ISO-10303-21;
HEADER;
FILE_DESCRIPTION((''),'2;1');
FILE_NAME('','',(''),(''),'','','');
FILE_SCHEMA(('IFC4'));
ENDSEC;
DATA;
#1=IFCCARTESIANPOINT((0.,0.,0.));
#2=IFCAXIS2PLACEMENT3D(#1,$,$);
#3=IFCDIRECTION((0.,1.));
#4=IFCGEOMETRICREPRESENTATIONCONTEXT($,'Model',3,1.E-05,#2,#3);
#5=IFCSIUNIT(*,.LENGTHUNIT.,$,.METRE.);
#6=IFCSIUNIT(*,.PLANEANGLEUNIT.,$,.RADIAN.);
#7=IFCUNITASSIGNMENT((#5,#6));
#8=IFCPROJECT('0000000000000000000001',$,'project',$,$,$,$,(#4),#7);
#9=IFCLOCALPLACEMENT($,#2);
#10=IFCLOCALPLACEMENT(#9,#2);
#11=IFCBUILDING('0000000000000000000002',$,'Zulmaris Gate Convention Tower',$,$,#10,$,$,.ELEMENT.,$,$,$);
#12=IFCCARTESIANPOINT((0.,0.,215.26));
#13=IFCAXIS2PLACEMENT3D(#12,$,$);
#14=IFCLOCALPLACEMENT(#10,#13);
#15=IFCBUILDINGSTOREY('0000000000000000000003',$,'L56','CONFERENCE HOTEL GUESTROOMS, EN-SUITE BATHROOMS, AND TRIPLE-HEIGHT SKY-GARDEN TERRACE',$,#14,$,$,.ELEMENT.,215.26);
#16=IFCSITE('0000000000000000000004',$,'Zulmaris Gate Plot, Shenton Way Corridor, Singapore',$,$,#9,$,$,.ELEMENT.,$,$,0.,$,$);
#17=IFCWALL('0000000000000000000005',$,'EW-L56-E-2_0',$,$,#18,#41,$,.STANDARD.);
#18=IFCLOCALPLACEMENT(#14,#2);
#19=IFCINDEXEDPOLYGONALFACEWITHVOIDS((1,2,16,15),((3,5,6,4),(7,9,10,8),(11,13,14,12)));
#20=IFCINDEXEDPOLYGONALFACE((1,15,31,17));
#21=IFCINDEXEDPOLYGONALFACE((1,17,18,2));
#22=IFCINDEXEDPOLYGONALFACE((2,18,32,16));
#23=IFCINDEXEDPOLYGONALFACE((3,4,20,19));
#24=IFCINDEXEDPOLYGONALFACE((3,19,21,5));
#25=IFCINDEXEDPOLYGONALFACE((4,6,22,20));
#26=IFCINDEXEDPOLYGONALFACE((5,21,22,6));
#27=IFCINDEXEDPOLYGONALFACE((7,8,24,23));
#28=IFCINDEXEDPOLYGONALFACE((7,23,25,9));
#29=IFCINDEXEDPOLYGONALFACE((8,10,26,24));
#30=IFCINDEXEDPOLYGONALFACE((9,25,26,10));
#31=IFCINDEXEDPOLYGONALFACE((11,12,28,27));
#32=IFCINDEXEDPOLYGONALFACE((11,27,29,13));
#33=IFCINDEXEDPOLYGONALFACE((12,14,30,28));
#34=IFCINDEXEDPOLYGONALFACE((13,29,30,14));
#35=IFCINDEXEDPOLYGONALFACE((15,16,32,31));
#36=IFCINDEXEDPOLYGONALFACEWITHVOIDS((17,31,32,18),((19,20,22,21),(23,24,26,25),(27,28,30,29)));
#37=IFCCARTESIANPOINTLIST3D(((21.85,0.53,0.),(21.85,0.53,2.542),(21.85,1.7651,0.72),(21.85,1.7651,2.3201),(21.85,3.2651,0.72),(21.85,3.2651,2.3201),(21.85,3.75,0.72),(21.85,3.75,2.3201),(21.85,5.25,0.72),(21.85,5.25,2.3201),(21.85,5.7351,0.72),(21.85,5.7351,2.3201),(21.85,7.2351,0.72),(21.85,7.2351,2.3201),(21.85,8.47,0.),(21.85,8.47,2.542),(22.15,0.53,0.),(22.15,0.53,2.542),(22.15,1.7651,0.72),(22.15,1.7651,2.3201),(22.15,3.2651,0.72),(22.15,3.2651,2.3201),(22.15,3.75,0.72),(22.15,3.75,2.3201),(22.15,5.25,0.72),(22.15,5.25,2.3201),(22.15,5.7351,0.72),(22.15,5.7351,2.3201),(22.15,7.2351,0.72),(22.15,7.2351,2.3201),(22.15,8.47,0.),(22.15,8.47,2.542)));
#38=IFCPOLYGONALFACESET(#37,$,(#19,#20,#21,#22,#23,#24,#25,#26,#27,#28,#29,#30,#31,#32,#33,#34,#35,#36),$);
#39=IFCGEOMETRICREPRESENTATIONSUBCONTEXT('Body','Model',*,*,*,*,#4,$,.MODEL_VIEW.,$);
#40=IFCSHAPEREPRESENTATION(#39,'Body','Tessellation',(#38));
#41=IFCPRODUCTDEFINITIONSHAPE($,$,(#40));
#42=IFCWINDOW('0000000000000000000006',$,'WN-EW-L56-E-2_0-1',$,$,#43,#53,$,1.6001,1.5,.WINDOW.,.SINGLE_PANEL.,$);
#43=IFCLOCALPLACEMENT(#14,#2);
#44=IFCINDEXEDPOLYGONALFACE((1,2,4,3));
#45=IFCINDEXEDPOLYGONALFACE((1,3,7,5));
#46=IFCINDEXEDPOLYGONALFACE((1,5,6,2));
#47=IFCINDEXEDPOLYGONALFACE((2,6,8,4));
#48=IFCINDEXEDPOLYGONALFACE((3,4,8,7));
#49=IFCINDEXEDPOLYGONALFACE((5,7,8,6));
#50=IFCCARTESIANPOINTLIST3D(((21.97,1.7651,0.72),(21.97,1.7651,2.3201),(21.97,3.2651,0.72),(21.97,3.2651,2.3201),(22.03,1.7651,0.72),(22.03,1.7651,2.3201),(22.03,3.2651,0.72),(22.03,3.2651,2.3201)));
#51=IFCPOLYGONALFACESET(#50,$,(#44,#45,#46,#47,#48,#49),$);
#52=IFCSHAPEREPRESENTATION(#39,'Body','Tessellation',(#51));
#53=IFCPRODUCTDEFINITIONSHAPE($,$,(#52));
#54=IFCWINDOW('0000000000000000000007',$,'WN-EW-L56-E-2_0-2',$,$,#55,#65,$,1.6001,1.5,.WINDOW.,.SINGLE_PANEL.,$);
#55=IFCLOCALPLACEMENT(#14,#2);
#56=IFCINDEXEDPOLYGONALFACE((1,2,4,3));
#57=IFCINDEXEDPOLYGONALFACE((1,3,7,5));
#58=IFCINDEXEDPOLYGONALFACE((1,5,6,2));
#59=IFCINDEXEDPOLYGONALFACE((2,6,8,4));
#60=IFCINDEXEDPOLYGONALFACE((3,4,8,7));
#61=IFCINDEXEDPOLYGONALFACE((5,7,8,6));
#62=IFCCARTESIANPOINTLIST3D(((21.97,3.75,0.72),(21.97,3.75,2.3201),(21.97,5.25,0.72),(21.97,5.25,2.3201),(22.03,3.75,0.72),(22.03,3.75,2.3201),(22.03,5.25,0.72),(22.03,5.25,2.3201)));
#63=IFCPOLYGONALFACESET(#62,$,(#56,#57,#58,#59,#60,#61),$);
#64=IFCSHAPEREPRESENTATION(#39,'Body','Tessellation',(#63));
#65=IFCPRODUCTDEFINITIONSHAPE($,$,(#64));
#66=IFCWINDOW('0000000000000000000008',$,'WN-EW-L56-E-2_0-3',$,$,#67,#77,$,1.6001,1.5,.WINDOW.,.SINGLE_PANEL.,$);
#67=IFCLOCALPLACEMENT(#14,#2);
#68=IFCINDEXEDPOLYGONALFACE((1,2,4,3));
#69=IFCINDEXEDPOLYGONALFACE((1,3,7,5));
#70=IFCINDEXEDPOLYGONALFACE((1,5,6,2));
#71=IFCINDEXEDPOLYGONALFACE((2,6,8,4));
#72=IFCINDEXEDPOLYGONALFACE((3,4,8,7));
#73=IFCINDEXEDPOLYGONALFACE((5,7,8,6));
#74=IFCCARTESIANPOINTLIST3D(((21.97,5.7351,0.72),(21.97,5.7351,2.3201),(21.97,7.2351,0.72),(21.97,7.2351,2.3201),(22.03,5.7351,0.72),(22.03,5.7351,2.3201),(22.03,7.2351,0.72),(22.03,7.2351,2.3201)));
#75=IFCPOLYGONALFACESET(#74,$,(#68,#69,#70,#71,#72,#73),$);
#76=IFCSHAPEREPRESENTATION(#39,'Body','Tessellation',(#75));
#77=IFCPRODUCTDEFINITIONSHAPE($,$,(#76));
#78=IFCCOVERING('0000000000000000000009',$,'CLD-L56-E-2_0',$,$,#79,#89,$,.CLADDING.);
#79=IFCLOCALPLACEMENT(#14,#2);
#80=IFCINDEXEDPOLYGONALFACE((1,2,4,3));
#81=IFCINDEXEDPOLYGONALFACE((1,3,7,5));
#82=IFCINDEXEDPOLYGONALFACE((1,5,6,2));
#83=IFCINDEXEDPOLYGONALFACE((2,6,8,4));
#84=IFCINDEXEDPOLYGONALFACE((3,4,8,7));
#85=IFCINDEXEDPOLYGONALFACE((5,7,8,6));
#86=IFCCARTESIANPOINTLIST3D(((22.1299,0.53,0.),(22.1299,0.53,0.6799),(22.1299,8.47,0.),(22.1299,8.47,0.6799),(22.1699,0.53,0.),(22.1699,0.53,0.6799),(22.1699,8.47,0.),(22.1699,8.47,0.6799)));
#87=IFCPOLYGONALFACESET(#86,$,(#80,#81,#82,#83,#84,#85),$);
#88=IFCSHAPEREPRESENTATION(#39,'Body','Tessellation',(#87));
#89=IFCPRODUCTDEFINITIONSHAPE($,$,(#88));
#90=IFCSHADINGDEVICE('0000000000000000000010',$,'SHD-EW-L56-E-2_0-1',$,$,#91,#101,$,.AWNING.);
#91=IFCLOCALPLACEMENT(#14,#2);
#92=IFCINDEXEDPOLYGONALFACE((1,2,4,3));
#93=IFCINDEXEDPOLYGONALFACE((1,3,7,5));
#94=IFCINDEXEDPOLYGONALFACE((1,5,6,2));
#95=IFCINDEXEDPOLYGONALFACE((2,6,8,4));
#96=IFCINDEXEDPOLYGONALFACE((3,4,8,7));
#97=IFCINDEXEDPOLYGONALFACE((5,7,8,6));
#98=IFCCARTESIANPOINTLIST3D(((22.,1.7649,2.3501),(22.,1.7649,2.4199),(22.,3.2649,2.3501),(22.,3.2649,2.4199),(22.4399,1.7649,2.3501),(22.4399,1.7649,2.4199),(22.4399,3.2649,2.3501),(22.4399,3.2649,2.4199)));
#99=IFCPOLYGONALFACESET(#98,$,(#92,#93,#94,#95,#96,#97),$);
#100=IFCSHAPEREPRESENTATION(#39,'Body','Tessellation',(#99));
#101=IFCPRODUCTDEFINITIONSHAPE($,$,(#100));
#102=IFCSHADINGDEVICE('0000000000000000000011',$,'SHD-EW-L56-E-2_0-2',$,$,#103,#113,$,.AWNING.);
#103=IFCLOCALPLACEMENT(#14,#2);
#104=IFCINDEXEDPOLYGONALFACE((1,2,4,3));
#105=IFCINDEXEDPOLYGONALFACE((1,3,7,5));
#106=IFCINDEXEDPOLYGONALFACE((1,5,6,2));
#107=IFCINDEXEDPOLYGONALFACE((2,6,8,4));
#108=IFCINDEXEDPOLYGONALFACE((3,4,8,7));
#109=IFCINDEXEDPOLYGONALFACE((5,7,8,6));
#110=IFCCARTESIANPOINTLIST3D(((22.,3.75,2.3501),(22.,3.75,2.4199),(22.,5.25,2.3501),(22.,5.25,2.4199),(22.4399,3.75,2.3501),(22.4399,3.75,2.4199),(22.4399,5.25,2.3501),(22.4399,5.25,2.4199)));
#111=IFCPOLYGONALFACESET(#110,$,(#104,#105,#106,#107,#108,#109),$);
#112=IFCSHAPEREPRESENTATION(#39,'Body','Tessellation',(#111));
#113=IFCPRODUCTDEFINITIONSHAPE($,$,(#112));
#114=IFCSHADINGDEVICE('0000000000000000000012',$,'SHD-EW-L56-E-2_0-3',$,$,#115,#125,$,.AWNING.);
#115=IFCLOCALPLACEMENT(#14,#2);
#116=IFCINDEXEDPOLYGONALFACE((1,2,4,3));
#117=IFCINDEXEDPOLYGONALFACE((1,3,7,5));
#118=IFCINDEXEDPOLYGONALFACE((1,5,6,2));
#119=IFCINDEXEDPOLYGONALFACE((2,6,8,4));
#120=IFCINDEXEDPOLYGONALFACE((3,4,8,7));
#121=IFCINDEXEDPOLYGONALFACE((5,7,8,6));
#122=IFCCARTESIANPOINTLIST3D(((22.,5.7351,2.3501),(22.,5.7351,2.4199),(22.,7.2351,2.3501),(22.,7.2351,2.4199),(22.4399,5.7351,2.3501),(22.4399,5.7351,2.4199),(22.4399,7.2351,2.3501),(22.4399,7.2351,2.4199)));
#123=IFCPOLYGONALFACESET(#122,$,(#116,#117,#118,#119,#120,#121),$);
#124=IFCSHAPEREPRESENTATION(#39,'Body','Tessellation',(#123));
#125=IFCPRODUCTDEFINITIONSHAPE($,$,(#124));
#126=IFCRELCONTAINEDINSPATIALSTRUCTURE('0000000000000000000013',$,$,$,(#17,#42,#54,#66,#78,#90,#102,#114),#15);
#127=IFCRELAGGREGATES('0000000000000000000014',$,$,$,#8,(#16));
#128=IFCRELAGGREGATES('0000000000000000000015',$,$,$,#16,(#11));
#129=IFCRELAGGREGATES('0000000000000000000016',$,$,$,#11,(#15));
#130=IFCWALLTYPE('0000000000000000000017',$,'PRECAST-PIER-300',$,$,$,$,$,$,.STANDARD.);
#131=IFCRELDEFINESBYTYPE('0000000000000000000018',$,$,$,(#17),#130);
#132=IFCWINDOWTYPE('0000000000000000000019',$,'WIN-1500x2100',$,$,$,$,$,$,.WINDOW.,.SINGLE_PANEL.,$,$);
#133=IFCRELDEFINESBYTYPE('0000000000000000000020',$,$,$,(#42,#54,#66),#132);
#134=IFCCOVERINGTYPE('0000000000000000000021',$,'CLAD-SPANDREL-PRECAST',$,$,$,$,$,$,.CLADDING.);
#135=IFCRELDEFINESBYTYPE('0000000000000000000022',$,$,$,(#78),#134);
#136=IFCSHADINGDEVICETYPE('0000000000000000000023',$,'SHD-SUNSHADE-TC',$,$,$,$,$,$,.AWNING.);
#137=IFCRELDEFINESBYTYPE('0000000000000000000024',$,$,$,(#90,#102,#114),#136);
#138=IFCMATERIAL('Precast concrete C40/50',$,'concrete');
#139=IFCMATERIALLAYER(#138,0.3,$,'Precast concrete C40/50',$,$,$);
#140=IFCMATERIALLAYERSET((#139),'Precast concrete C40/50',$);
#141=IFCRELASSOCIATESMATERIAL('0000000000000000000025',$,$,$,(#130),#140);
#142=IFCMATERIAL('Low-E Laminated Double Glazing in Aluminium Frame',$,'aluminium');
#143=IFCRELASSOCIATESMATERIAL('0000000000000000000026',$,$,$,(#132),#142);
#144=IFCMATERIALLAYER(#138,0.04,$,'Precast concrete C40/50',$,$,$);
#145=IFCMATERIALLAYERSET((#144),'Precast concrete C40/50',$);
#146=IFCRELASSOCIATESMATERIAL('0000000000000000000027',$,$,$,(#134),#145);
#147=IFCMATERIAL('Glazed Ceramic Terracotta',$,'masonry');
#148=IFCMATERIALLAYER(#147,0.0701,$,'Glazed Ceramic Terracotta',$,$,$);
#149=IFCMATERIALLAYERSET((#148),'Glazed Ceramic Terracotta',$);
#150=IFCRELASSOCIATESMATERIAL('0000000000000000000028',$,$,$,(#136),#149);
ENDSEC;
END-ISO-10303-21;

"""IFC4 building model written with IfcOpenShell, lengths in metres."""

from ifc_helpers import new_model, si_unit, direction, frame, frame_2d, origin, place, context, subcontext, project, spatial, rectangle, extrude, material, layer, layer_set, type_object, element, fill, save


model = new_model("IFC4")

# Units and contexts
model_context = context("Model", 3, precision=1e-05, world=origin(), true_north=direction((0.0, 1.0)))
body_context = subcontext(model_context, "Body", "Model", "MODEL_VIEW")
ifc_project = project(units=[si_unit("LENGTHUNIT", "METRE"), si_unit("PLANEANGLEUNIT", "RADIAN")], contexts=[model_context])

# Site, building, storey
site_placement = place(None, origin())
site = spatial("IfcSite", under=ifc_project, at=site_placement, Name="Zulmaris Gate Plot, Shenton Way Corridor, Singapore", CompositionType="ELEMENT", RefElevation=0.0)
building_placement = place(site_placement, origin())
building = spatial("IfcBuilding", under=site, at=building_placement, Name="Zulmaris Gate Convention Tower", CompositionType="ELEMENT")
storey_placement = place(building_placement, frame((0.0, 0.0, 215.26)))
storey = spatial("IfcBuildingStorey", under=building, at=storey_placement, Name="L56", Description="CONFERENCE HOTEL GUESTROOMS, EN-SUITE BATHROOMS, AND TRIPLE-HEIGHT SKY-GARDEN TERRACE", CompositionType="ELEMENT", Elevation=215.26)

# Wall, openings, windows
ifc_material_1 = material(Name="Precast concrete C40/50", Category="concrete")
ifc_layer_1 = layer(ifc_material_1, 0.3, Name="Precast concrete C40/50")
ifc_layer_set_1 = layer_set([ifc_layer_1], Name="Precast concrete C40/50")
wall_type_1 = type_object("IfcWallType", Name="PRECAST-PIER-300", PredefinedType="STANDARD", material=ifc_layer_set_1)
wall_1_placement = place(storey_placement, frame((22.0, 0.53, 0.0), z_axis=(0.0, 0.0, 1.0), x_axis=(0.0, 1.0, 0.0)))
wall_1 = element("IfcWall", 1, at=wall_1_placement, inside=storey, type_object=wall_type_1, Name="EW-L56-E-2_0", PredefinedType="STANDARD", context=body_context, shape_type="SweptSolid", body=[
    extrude(rectangle(XDim=7.9399, YDim=0.3, at=frame_2d((3.97, 0.0))), origin(), (0.0, 0.0, 1.0), 2.542),
])
opening_1_placement = place(wall_1_placement, frame((1.2351, 0.0, 0.72)))
opening_1 = element("IfcOpeningElement", 2, at=opening_1_placement, cuts=wall_1, PredefinedType="OPENING", context=body_context, shape_type="SweptSolid", body=[
    extrude(rectangle(XDim=1.5, YDim=1.6001, at=frame_2d((0.75, 0.8))), frame((0.0, 0.1602, 0.0), z_axis=(0.0, -1.0, 0.0), x_axis=(1.0, 0.0, 0.0)), (0.0, 0.0, 1.0), 0.3201),
])
opening_2_placement = place(wall_1_placement, frame((3.22, 0.0, 0.72)))
opening_2 = element("IfcOpeningElement", 3, at=opening_2_placement, cuts=wall_1, PredefinedType="OPENING", context=body_context, shape_type="SweptSolid", body=[
    extrude(rectangle(XDim=1.5, YDim=1.6001, at=frame_2d((0.75, 0.8))), frame((0.0, 0.1602, 0.0), z_axis=(0.0, -1.0, 0.0), x_axis=(1.0, 0.0, 0.0)), (0.0, 0.0, 1.0), 0.3201),
])
opening_3_placement = place(wall_1_placement, frame((5.2051, 0.0, 0.72)))
opening_3 = element("IfcOpeningElement", 4, at=opening_3_placement, cuts=wall_1, PredefinedType="OPENING", context=body_context, shape_type="SweptSolid", body=[
    extrude(rectangle(XDim=1.5, YDim=1.6001, at=frame_2d((0.75, 0.8))), frame((0.0, 0.1602, 0.0), z_axis=(0.0, -1.0, 0.0), x_axis=(1.0, 0.0, 0.0)), (0.0, 0.0, 1.0), 0.3201),
])
ifc_material_2 = material(Name="Low-E Laminated Double Glazing in Aluminium Frame", Category="aluminium")
window_type = type_object("IfcWindowType", Name="WIN-1500x2100", PartitioningType="SINGLE_PANEL", PredefinedType="WINDOW", material=ifc_material_2)
window_1_placement = place(opening_1_placement, origin())
window_1 = element("IfcWindow", 5, at=window_1_placement, inside=storey, type_object=window_type, Name="WN-EW-L56-E-2_0-1", OverallHeight=1.6001, OverallWidth=1.5, PartitioningType="SINGLE_PANEL", PredefinedType="WINDOW", context=body_context, shape_type="SweptSolid", body=[
    extrude(rectangle(XDim=1.5, YDim=1.6001, at=frame_2d((0.75, 0.8))), frame((0.0, 0.03, 0.0), z_axis=(0.0, -1.0, 0.0), x_axis=(1.0, 0.0, 0.0)), (0.0, 0.0, 1.0), 0.0601),
])
fill(opening_1, window_1)
window_2_placement = place(opening_2_placement, origin())
window_2 = element("IfcWindow", 6, at=window_2_placement, inside=storey, type_object=window_type, Name="WN-EW-L56-E-2_0-2", OverallHeight=1.6001, OverallWidth=1.5, PartitioningType="SINGLE_PANEL", PredefinedType="WINDOW", context=body_context, shape_type="SweptSolid", body=[
    extrude(rectangle(XDim=1.5, YDim=1.6001, at=frame_2d((0.75, 0.8))), frame((0.0, 0.03, 0.0), z_axis=(0.0, -1.0, 0.0), x_axis=(1.0, 0.0, 0.0)), (0.0, 0.0, 1.0), 0.0601),
])
fill(opening_2, window_2)
window_3_placement = place(opening_3_placement, origin())
window_3 = element("IfcWindow", 7, at=window_3_placement, inside=storey, type_object=window_type, Name="WN-EW-L56-E-2_0-3", OverallHeight=1.6001, OverallWidth=1.5, PartitioningType="SINGLE_PANEL", PredefinedType="WINDOW", context=body_context, shape_type="SweptSolid", body=[
    extrude(rectangle(XDim=1.5, YDim=1.6001, at=frame_2d((0.75, 0.8))), frame((0.0, 0.03, 0.0), z_axis=(0.0, -1.0, 0.0), x_axis=(1.0, 0.0, 0.0)), (0.0, 0.0, 1.0), 0.0601),
])
fill(opening_3, window_3)

# Covering
ifc_layer_2 = layer(ifc_material_1, 0.04, Name="Precast concrete C40/50")
ifc_layer_set_2 = layer_set([ifc_layer_2], Name="Precast concrete C40/50")
covering_type = type_object("IfcCoveringType", Name="CLAD-SPANDREL-PRECAST", PredefinedType="CLADDING", material=ifc_layer_set_2)
covering_placement = place(storey_placement, frame((22.1499, 0.53, 0.0), z_axis=(0.0, 0.0, 1.0), x_axis=(0.0, 1.0, 0.0)))
element("IfcCovering", 8, at=covering_placement, inside=storey, type_object=covering_type, Name="CLD-L56-E-2_0", PredefinedType="CLADDING", context=body_context, shape_type="SweptSolid", body=[
    extrude(rectangle(XDim=7.9399, YDim=0.04, at=frame_2d((3.97, 0.0))), origin(), (0.0, 0.0, 1.0), 0.6799),
])

# Shading devices
ifc_material_3 = material(Name="Glazed Ceramic Terracotta", Category="masonry")
ifc_layer_3 = layer(ifc_material_3, 0.0701, Name="Glazed Ceramic Terracotta")
ifc_layer_set_3 = layer_set([ifc_layer_3], Name="Glazed Ceramic Terracotta")
shading_device_type = type_object("IfcShadingDeviceType", Name="SHD-SUNSHADE-TC", PredefinedType="AWNING", material=ifc_layer_set_3)
for number, where, z_axis, x_axis, name in (
    (9, (22.22, 1.7649, 2.3501), (0.0, 0.0, 1.0), (0.0, 1.0, 0.0), "SHD-EW-L56-E-2_0-1"),
    (10, (22.22, 3.75, 2.3501), (0.0, 0.0, 1.0), (0.0, 1.0, 0.0), "SHD-EW-L56-E-2_0-2"),
    (11, (22.22, 5.7351, 2.3501), (0.0, 0.0, 1.0), (0.0, 1.0, 0.0), "SHD-EW-L56-E-2_0-3"),
):
    element("IfcShadingDevice", number, at=place(storey_placement, frame(where, z_axis=z_axis, x_axis=x_axis)), inside=storey, type_object=shading_device_type, Name=name, PredefinedType="AWNING", context=body_context, shape_type="SweptSolid", body=[
        extrude(rectangle(XDim=1.5, YDim=0.4399, at=frame_2d((0.75, 0.0))), origin(), (0.0, 0.0, 1.0), 0.0698),
    ])

save(model, "model.ifc")
